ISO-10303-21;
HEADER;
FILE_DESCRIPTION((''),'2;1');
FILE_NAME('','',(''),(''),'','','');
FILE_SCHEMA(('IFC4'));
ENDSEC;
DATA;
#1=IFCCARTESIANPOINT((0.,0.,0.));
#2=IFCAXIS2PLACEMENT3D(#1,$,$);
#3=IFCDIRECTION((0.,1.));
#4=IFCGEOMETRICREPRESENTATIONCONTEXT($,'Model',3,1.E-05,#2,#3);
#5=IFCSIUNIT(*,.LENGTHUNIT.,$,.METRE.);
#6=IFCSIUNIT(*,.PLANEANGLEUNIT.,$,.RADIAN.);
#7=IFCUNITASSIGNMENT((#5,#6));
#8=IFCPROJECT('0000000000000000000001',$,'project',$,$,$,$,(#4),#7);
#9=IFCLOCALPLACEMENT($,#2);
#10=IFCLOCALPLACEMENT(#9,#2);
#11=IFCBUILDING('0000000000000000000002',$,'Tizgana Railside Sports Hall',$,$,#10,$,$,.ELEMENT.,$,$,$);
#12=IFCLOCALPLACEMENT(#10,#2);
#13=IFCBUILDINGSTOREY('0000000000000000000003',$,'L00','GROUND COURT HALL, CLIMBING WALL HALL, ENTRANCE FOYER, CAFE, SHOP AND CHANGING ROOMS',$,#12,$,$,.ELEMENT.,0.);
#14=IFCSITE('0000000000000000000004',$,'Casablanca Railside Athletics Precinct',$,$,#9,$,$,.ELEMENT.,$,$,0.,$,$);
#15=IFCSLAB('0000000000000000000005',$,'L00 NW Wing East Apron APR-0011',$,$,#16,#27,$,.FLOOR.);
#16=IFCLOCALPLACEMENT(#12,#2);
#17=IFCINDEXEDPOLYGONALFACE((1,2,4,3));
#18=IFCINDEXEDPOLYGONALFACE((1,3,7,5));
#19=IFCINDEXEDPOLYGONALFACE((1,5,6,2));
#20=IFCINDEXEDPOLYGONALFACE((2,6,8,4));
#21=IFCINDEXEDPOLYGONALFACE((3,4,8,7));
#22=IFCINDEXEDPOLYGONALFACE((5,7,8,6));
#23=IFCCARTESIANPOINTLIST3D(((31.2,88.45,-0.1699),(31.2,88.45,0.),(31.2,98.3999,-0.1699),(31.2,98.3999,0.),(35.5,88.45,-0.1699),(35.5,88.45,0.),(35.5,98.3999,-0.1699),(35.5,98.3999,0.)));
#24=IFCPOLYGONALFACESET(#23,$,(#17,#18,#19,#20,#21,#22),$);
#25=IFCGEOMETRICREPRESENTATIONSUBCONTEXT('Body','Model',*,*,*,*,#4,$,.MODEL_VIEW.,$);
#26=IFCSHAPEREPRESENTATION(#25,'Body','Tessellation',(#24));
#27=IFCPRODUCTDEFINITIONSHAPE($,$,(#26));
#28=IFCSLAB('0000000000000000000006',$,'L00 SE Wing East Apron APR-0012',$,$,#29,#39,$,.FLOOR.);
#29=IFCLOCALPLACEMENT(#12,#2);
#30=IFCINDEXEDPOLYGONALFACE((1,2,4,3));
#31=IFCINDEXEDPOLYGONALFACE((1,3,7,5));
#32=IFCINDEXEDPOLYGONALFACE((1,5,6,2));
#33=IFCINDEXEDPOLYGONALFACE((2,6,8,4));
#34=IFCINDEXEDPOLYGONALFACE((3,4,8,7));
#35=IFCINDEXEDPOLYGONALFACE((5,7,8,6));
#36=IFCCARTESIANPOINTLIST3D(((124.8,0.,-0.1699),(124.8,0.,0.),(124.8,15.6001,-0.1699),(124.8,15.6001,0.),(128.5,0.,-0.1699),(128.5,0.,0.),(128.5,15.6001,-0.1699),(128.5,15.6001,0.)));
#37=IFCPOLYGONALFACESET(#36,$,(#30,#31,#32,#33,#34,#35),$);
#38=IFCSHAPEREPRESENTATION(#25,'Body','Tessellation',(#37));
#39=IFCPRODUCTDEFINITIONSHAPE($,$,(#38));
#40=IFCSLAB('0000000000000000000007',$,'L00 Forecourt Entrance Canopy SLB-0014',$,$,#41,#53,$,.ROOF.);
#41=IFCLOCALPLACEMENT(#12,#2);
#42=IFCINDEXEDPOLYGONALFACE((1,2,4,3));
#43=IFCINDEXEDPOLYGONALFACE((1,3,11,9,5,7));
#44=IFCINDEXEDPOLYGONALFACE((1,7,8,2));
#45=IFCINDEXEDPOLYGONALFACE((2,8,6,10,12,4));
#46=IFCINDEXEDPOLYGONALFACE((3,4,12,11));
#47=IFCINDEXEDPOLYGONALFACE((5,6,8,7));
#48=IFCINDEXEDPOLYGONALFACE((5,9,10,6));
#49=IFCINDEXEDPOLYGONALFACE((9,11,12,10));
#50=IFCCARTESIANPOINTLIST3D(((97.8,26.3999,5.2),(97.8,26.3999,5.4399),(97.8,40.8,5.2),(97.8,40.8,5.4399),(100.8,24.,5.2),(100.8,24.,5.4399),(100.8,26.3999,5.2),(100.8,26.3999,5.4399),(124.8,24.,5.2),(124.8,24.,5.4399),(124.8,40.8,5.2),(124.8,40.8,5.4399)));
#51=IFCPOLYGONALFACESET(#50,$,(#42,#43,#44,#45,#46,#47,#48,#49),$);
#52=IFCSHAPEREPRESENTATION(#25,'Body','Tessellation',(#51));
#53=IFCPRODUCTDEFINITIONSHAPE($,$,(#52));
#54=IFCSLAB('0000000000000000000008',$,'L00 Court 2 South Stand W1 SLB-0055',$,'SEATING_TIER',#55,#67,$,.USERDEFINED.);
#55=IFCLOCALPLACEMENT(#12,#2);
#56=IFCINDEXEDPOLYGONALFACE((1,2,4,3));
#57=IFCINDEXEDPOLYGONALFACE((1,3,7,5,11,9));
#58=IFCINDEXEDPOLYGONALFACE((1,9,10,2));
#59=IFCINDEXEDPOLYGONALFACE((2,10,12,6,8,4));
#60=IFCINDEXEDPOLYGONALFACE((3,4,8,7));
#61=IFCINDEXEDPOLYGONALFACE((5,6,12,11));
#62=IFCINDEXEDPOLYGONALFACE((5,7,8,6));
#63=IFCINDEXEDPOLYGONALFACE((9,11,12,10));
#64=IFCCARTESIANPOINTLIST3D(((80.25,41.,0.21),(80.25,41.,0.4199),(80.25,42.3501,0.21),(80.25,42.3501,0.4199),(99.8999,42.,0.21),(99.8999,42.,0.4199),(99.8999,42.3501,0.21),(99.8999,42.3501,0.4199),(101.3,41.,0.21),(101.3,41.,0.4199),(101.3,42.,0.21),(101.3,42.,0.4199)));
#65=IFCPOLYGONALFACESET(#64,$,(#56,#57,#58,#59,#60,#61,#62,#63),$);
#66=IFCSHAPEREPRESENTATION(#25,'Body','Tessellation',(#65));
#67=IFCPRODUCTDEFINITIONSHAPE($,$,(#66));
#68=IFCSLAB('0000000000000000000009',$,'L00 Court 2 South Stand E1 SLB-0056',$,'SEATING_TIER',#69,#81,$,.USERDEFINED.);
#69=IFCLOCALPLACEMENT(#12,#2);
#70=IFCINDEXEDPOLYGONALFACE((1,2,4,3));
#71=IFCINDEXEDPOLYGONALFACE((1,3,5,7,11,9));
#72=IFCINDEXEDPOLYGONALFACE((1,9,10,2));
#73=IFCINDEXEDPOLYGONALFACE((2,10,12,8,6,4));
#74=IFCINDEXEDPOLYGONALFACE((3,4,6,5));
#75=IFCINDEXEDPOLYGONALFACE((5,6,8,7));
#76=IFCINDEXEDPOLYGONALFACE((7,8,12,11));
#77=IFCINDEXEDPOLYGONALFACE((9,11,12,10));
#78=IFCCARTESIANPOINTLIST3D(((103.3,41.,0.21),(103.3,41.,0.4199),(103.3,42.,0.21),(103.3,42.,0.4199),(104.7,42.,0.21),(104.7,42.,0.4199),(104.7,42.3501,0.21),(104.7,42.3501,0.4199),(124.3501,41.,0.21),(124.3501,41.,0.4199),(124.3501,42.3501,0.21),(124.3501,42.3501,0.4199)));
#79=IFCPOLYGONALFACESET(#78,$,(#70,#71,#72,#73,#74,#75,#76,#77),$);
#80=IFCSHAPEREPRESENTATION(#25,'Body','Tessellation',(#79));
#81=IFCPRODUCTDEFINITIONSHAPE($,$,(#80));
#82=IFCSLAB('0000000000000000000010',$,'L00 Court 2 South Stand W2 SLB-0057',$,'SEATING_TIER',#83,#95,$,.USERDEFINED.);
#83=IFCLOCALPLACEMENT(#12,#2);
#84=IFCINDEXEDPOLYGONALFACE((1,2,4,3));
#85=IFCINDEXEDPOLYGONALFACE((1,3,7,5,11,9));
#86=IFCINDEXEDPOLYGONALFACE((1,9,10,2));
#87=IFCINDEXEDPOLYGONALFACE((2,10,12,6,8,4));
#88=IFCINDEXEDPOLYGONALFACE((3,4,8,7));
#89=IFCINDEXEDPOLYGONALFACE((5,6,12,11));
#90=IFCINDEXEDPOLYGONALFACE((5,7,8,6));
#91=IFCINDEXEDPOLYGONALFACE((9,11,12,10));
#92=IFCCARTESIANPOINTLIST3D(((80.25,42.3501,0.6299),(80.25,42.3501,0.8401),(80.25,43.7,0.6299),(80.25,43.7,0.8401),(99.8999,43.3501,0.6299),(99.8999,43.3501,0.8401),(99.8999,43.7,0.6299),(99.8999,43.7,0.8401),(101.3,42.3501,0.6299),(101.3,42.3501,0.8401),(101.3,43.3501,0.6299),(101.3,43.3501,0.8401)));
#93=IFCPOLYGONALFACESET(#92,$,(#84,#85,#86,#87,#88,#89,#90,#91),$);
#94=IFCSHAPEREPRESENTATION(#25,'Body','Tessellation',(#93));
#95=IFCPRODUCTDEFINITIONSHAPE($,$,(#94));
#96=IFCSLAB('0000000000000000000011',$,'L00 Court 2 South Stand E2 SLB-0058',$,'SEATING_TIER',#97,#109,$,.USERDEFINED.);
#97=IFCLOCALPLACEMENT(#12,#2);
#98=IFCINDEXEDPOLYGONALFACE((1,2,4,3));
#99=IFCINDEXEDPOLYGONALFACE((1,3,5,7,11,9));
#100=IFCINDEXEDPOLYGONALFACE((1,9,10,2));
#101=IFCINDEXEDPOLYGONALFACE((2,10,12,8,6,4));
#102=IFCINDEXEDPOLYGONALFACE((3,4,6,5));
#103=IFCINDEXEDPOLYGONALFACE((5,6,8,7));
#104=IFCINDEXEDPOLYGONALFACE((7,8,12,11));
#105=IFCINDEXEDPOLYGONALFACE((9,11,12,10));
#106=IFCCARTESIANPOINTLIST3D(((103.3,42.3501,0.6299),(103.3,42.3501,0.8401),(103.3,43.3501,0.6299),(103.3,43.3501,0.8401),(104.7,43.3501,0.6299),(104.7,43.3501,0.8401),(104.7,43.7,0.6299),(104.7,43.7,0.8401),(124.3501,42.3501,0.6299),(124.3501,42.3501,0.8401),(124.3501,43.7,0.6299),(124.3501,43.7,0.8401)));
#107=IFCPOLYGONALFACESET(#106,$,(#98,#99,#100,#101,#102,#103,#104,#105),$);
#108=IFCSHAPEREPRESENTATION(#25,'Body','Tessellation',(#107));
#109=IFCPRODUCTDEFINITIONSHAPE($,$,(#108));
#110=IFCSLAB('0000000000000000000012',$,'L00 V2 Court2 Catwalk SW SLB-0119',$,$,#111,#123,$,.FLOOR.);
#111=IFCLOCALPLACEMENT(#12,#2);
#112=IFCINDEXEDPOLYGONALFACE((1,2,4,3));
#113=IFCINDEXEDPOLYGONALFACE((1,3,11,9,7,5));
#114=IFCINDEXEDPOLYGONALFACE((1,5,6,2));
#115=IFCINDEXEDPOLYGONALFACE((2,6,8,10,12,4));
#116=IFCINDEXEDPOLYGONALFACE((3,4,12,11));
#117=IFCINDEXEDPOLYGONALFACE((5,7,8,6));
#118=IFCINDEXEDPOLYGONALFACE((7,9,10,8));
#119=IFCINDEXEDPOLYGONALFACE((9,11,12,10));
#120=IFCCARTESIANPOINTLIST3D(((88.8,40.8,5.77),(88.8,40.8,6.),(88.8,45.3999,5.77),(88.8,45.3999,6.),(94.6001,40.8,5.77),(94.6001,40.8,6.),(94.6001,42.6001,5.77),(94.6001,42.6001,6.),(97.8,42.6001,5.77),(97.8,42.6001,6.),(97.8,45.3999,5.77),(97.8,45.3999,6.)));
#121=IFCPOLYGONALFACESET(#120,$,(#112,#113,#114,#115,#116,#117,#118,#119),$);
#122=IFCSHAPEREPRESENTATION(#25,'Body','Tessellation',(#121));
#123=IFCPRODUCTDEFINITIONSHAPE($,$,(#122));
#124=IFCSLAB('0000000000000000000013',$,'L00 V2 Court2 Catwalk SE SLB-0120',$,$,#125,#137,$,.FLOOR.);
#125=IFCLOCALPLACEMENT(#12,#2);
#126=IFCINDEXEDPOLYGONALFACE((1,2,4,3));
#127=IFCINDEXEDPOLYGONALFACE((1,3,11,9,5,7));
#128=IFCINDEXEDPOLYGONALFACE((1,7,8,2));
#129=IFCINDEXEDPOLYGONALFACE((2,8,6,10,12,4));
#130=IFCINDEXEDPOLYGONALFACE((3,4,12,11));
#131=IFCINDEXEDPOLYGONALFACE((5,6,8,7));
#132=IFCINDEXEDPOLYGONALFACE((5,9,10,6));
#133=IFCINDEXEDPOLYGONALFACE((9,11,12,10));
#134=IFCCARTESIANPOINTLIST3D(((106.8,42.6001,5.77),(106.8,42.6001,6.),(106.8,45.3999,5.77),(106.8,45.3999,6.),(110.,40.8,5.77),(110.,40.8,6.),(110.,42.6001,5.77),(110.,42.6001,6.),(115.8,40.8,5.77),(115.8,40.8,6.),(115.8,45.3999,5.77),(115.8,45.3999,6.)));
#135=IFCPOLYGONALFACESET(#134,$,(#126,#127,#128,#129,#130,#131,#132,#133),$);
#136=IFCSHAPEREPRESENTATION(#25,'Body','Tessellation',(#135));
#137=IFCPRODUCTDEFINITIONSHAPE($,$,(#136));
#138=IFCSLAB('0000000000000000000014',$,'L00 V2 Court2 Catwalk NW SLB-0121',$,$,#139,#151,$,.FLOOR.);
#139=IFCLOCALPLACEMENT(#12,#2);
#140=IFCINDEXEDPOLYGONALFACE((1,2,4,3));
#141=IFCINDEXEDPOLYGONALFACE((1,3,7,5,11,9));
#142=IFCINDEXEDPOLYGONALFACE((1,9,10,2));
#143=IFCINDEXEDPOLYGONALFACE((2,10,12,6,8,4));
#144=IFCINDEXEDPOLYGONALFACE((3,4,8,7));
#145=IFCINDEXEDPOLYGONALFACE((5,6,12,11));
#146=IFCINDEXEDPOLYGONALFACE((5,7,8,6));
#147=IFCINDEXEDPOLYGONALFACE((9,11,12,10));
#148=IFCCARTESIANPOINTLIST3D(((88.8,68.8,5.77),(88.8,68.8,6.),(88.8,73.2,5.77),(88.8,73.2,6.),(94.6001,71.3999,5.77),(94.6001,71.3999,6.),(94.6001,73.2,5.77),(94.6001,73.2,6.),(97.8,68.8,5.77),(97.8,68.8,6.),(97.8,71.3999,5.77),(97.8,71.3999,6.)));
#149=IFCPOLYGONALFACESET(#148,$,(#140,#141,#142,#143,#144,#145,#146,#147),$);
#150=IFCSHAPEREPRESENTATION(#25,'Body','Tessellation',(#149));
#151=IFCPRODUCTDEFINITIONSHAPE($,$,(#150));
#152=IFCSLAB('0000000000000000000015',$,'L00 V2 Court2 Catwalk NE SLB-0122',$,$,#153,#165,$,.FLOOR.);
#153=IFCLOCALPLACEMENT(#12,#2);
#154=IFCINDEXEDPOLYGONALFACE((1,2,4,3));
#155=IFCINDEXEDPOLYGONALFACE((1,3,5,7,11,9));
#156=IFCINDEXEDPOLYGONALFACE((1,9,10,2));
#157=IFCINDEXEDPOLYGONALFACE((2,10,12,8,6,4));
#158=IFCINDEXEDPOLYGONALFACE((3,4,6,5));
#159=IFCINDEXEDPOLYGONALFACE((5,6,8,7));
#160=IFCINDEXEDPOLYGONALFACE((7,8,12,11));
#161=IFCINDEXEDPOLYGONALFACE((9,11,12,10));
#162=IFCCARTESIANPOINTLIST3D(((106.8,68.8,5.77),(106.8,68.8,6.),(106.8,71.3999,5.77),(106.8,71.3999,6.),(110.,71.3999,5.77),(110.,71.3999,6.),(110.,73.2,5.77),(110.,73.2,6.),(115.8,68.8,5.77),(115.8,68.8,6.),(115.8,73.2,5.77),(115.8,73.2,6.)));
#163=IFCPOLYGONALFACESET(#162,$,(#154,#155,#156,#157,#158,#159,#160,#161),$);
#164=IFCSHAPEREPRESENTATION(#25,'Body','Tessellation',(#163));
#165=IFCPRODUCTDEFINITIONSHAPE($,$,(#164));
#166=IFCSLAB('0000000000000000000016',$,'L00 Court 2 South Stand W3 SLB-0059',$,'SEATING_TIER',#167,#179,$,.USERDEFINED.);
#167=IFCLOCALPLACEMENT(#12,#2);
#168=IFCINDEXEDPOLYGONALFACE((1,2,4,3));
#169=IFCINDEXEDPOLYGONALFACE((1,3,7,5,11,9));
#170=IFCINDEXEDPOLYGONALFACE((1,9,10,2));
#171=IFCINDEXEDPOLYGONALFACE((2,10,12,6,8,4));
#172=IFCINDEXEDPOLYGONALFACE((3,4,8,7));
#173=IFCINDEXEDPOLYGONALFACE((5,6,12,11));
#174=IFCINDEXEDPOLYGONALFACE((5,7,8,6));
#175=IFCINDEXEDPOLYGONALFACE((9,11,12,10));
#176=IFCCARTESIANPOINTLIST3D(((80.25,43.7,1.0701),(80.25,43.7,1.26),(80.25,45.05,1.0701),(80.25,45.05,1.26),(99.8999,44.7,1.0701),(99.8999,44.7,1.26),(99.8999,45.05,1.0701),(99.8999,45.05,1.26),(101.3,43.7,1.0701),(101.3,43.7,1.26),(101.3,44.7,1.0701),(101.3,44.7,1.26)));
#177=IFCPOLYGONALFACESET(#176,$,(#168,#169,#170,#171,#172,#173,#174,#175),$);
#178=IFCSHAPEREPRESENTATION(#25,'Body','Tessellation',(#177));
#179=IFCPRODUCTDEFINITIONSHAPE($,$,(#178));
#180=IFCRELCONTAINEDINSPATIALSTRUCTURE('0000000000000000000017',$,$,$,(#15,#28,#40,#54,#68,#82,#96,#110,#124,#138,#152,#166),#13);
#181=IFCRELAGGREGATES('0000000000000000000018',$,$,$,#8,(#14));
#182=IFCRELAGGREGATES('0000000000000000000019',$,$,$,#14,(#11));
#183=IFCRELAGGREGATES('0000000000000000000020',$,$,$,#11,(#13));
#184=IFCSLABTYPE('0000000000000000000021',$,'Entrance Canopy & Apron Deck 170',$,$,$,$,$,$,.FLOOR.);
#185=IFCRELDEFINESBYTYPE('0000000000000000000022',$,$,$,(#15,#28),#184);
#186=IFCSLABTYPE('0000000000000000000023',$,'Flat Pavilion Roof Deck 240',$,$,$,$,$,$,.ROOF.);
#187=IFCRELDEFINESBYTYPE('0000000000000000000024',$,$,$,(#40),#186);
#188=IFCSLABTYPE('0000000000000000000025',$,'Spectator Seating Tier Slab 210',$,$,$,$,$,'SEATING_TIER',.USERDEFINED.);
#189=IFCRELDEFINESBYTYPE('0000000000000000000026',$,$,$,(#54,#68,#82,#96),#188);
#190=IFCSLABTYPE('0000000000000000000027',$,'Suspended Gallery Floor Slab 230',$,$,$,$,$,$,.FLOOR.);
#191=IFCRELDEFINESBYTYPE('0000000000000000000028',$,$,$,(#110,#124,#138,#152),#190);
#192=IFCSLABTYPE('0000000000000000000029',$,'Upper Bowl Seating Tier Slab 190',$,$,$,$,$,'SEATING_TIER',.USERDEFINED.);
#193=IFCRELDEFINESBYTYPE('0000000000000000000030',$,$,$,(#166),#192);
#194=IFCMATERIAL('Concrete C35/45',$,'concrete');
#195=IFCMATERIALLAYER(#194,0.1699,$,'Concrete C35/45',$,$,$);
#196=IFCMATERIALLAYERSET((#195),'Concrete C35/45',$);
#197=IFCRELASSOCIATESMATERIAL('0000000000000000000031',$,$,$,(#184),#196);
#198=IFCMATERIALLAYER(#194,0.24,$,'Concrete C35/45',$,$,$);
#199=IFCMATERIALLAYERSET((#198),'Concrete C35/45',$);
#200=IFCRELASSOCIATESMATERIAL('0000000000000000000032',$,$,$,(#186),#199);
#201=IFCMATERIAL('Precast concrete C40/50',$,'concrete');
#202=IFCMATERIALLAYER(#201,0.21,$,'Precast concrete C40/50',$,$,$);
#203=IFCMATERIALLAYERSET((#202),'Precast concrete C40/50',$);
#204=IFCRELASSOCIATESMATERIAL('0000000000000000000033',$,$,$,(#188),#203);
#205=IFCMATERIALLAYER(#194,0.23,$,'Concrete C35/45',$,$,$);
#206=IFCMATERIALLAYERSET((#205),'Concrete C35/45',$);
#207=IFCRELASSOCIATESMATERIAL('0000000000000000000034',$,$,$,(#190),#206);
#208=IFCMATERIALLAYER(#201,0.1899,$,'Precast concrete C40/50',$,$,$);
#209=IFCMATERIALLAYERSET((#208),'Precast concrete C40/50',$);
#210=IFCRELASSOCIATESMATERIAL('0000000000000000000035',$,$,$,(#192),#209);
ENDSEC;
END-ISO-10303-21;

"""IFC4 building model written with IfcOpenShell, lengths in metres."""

from ifc_helpers import new_model, si_unit, direction, frame, origin, place, context, subcontext, project, spatial, polyline, outline, extrude, material, layer, layer_set, type_object, element, save


model = new_model("IFC4")

# Units and contexts
model_context = context("Model", 3, precision=1e-05, world=origin(), true_north=direction((0.0, 1.0)))
body_context = subcontext(model_context, "Body", "Model", "MODEL_VIEW")
ifc_project = project(units=[si_unit("LENGTHUNIT", "METRE"), si_unit("PLANEANGLEUNIT", "RADIAN")], contexts=[model_context])

# Site, building, storey
site_placement = place(None, origin())
site = spatial("IfcSite", under=ifc_project, at=site_placement, Name="Casablanca Railside Athletics Precinct", CompositionType="ELEMENT", RefElevation=0.0)
building_placement = place(site_placement, origin())
building = spatial("IfcBuilding", under=site, at=building_placement, Name="Tizgana Railside Sports Hall", CompositionType="ELEMENT")
storey_placement = place(building_placement, origin())
storey = spatial("IfcBuildingStorey", under=building, at=storey_placement, Name="L00", Description="GROUND COURT HALL, CLIMBING WALL HALL, ENTRANCE FOYER, CAFE, SHOP AND CHANGING ROOMS", CompositionType="ELEMENT", Elevation=0.0)

# Shared definitions
ifc_material_1 = material(Name="Concrete C35/45", Category="concrete")

# Slabs
ifc_layer_1 = layer(ifc_material_1, 0.1699, Name="Concrete C35/45")
ifc_layer_set_1 = layer_set([ifc_layer_1], Name="Concrete C35/45")
slab_type_1 = type_object("IfcSlabType", Name="Entrance Canopy & Apron Deck 170", PredefinedType="FLOOR", material=ifc_layer_set_1)
slab_1_placement = place(storey_placement, frame((0.0, 0.0, -0.1699)))
element("IfcSlab", 1, at=slab_1_placement, inside=storey, type_object=slab_type_1, Name="L00 NW Wing East Apron APR-0011", PredefinedType="FLOOR", context=body_context, shape_type="SweptSolid", body=[
    extrude(outline(polyline([(31.2, 88.45), (35.5, 88.45), (35.5, 98.3999), (31.2, 98.3999), (31.2, 88.45)])), origin(), (0.0, 0.0, 1.0), 0.1699),
])
slab_2_placement = place(storey_placement, frame((0.0, 0.0, -0.1699)))
element("IfcSlab", 2, at=slab_2_placement, inside=storey, type_object=slab_type_1, Name="L00 SE Wing East Apron APR-0012", PredefinedType="FLOOR", context=body_context, shape_type="SweptSolid", body=[
    extrude(outline(polyline([(124.8, 0.0), (128.5, 0.0), (128.5, 15.6001), (124.8, 15.6001), (124.8, 0.0)])), origin(), (0.0, 0.0, 1.0), 0.1699),
])
ifc_layer_2 = layer(ifc_material_1, 0.24, Name="Concrete C35/45")
ifc_layer_set_2 = layer_set([ifc_layer_2], Name="Concrete C35/45")
slab_type_2 = type_object("IfcSlabType", Name="Flat Pavilion Roof Deck 240", PredefinedType="ROOF", material=ifc_layer_set_2)
slab_3_placement = place(storey_placement, frame((0.0, 0.0, 5.2)))
element("IfcSlab", 3, at=slab_3_placement, inside=storey, type_object=slab_type_2, Name="L00 Forecourt Entrance Canopy SLB-0014", PredefinedType="ROOF", context=body_context, shape_type="SweptSolid", body=[
    extrude(outline(polyline([(100.8, 24.0), (124.8, 24.0), (124.8, 40.8), (97.8, 40.8), (97.8, 26.3999), (100.8, 26.3999), (100.8, 24.0)])), origin(), (0.0, 0.0, 1.0), 0.24),
])
ifc_material_2 = material(Name="Precast concrete C40/50", Category="concrete")
ifc_layer_3 = layer(ifc_material_2, 0.21, Name="Precast concrete C40/50")
ifc_layer_set_3 = layer_set([ifc_layer_3], Name="Precast concrete C40/50")
slab_type_3 = type_object("IfcSlabType", Name="Spectator Seating Tier Slab 210", ElementType="SEATING_TIER", PredefinedType="USERDEFINED", material=ifc_layer_set_3)
slab_4_placement = place(storey_placement, frame((0.0, 0.0, 0.21)))
element("IfcSlab", 4, at=slab_4_placement, inside=storey, type_object=slab_type_3, Name="L00 Court 2 South Stand W1 SLB-0055", ObjectType="SEATING_TIER", PredefinedType="USERDEFINED", context=body_context, shape_type="SweptSolid", body=[
    extrude(outline(polyline([(80.25, 41.0), (101.3, 41.0), (101.3, 42.0), (99.8999, 42.0), (99.8999, 42.3501), (80.25, 42.3501), (80.25, 41.0)])), origin(), (0.0, 0.0, 1.0), 0.21),
])
slab_5_placement = place(storey_placement, frame((0.0, 0.0, 0.21)))
element("IfcSlab", 5, at=slab_5_placement, inside=storey, type_object=slab_type_3, Name="L00 Court 2 South Stand E1 SLB-0056", ObjectType="SEATING_TIER", PredefinedType="USERDEFINED", context=body_context, shape_type="SweptSolid", body=[
    extrude(outline(polyline([(103.3, 41.0), (124.3501, 41.0), (124.3501, 42.3501), (104.7, 42.3501), (104.7, 42.0), (103.3, 42.0), (103.3, 41.0)])), origin(), (0.0, 0.0, 1.0), 0.21),
])
slab_6_placement = place(storey_placement, frame((0.0, 0.0, 0.6299)))
element("IfcSlab", 6, at=slab_6_placement, inside=storey, type_object=slab_type_3, Name="L00 Court 2 South Stand W2 SLB-0057", ObjectType="SEATING_TIER", PredefinedType="USERDEFINED", context=body_context, shape_type="SweptSolid", body=[
    extrude(outline(polyline([(80.25, 42.3501), (101.3, 42.3501), (101.3, 43.3501), (99.8999, 43.3501), (99.8999, 43.7), (80.25, 43.7), (80.25, 42.3501)])), origin(), (0.0, 0.0, 1.0), 0.2102),
])
slab_7_placement = place(storey_placement, frame((0.0, 0.0, 0.6299)))
element("IfcSlab", 7, at=slab_7_placement, inside=storey, type_object=slab_type_3, Name="L00 Court 2 South Stand E2 SLB-0058", ObjectType="SEATING_TIER", PredefinedType="USERDEFINED", context=body_context, shape_type="SweptSolid", body=[
    extrude(outline(polyline([(103.3, 42.3501), (124.3501, 42.3501), (124.3501, 43.7), (104.7, 43.7), (104.7, 43.3501), (103.3, 43.3501), (103.3, 42.3501)])), origin(), (0.0, 0.0, 1.0), 0.2102),
])
ifc_layer_4 = layer(ifc_material_1, 0.23, Name="Concrete C35/45")
ifc_layer_set_4 = layer_set([ifc_layer_4], Name="Concrete C35/45")
slab_type_4 = type_object("IfcSlabType", Name="Suspended Gallery Floor Slab 230", PredefinedType="FLOOR", material=ifc_layer_set_4)
slab_8_placement = place(storey_placement, frame((0.0, 0.0, 5.77)))
element("IfcSlab", 8, at=slab_8_placement, inside=storey, type_object=slab_type_4, Name="L00 V2 Court2 Catwalk SW SLB-0119", PredefinedType="FLOOR", context=body_context, shape_type="SweptSolid", body=[
    extrude(outline(polyline([(88.8, 40.8), (94.6001, 40.8), (94.6001, 42.6001), (97.8, 42.6001), (97.8, 45.3999), (88.8, 45.3999), (88.8, 40.8)])), origin(), (0.0, 0.0, 1.0), 0.23),
])
slab_9_placement = place(storey_placement, frame((0.0, 0.0, 5.77)))
element("IfcSlab", 9, at=slab_9_placement, inside=storey, type_object=slab_type_4, Name="L00 V2 Court2 Catwalk SE SLB-0120", PredefinedType="FLOOR", context=body_context, shape_type="SweptSolid", body=[
    extrude(outline(polyline([(110.0, 40.8), (115.8, 40.8), (115.8, 45.3999), (106.8, 45.3999), (106.8, 42.6001), (110.0, 42.6001), (110.0, 40.8)])), origin(), (0.0, 0.0, 1.0), 0.23),
])
slab_10_placement = place(storey_placement, frame((0.0, 0.0, 5.77)))
element("IfcSlab", 10, at=slab_10_placement, inside=storey, type_object=slab_type_4, Name="L00 V2 Court2 Catwalk NW SLB-0121", PredefinedType="FLOOR", context=body_context, shape_type="SweptSolid", body=[
    extrude(outline(polyline([(88.8, 68.8), (97.8, 68.8), (97.8, 71.3999), (94.6001, 71.3999), (94.6001, 73.2), (88.8, 73.2), (88.8, 68.8)])), origin(), (0.0, 0.0, 1.0), 0.23),
])
slab_11_placement = place(storey_placement, frame((0.0, 0.0, 5.77)))
element("IfcSlab", 11, at=slab_11_placement, inside=storey, type_object=slab_type_4, Name="L00 V2 Court2 Catwalk NE SLB-0122", PredefinedType="FLOOR", context=body_context, shape_type="SweptSolid", body=[
    extrude(outline(polyline([(106.8, 68.8), (115.8, 68.8), (115.8, 73.2), (110.0, 73.2), (110.0, 71.3999), (106.8, 71.3999), (106.8, 68.8)])), origin(), (0.0, 0.0, 1.0), 0.23),
])
ifc_layer_5 = layer(ifc_material_2, 0.1899, Name="Precast concrete C40/50")
ifc_layer_set_5 = layer_set([ifc_layer_5], Name="Precast concrete C40/50")
slab_type_5 = type_object("IfcSlabType", Name="Upper Bowl Seating Tier Slab 190", ElementType="SEATING_TIER", PredefinedType="USERDEFINED", material=ifc_layer_set_5)
slab_12_placement = place(storey_placement, frame((0.0, 0.0, 1.0701)))
element("IfcSlab", 12, at=slab_12_placement, inside=storey, type_object=slab_type_5, Name="L00 Court 2 South Stand W3 SLB-0059", ObjectType="SEATING_TIER", PredefinedType="USERDEFINED", context=body_context, shape_type="SweptSolid", body=[
    extrude(outline(polyline([(80.25, 43.7), (101.3, 43.7), (101.3, 44.7), (99.8999, 44.7), (99.8999, 45.05), (80.25, 45.05), (80.25, 43.7)])), origin(), (0.0, 0.0, 1.0), 0.1899),
])

save(model, "model.ifc")
